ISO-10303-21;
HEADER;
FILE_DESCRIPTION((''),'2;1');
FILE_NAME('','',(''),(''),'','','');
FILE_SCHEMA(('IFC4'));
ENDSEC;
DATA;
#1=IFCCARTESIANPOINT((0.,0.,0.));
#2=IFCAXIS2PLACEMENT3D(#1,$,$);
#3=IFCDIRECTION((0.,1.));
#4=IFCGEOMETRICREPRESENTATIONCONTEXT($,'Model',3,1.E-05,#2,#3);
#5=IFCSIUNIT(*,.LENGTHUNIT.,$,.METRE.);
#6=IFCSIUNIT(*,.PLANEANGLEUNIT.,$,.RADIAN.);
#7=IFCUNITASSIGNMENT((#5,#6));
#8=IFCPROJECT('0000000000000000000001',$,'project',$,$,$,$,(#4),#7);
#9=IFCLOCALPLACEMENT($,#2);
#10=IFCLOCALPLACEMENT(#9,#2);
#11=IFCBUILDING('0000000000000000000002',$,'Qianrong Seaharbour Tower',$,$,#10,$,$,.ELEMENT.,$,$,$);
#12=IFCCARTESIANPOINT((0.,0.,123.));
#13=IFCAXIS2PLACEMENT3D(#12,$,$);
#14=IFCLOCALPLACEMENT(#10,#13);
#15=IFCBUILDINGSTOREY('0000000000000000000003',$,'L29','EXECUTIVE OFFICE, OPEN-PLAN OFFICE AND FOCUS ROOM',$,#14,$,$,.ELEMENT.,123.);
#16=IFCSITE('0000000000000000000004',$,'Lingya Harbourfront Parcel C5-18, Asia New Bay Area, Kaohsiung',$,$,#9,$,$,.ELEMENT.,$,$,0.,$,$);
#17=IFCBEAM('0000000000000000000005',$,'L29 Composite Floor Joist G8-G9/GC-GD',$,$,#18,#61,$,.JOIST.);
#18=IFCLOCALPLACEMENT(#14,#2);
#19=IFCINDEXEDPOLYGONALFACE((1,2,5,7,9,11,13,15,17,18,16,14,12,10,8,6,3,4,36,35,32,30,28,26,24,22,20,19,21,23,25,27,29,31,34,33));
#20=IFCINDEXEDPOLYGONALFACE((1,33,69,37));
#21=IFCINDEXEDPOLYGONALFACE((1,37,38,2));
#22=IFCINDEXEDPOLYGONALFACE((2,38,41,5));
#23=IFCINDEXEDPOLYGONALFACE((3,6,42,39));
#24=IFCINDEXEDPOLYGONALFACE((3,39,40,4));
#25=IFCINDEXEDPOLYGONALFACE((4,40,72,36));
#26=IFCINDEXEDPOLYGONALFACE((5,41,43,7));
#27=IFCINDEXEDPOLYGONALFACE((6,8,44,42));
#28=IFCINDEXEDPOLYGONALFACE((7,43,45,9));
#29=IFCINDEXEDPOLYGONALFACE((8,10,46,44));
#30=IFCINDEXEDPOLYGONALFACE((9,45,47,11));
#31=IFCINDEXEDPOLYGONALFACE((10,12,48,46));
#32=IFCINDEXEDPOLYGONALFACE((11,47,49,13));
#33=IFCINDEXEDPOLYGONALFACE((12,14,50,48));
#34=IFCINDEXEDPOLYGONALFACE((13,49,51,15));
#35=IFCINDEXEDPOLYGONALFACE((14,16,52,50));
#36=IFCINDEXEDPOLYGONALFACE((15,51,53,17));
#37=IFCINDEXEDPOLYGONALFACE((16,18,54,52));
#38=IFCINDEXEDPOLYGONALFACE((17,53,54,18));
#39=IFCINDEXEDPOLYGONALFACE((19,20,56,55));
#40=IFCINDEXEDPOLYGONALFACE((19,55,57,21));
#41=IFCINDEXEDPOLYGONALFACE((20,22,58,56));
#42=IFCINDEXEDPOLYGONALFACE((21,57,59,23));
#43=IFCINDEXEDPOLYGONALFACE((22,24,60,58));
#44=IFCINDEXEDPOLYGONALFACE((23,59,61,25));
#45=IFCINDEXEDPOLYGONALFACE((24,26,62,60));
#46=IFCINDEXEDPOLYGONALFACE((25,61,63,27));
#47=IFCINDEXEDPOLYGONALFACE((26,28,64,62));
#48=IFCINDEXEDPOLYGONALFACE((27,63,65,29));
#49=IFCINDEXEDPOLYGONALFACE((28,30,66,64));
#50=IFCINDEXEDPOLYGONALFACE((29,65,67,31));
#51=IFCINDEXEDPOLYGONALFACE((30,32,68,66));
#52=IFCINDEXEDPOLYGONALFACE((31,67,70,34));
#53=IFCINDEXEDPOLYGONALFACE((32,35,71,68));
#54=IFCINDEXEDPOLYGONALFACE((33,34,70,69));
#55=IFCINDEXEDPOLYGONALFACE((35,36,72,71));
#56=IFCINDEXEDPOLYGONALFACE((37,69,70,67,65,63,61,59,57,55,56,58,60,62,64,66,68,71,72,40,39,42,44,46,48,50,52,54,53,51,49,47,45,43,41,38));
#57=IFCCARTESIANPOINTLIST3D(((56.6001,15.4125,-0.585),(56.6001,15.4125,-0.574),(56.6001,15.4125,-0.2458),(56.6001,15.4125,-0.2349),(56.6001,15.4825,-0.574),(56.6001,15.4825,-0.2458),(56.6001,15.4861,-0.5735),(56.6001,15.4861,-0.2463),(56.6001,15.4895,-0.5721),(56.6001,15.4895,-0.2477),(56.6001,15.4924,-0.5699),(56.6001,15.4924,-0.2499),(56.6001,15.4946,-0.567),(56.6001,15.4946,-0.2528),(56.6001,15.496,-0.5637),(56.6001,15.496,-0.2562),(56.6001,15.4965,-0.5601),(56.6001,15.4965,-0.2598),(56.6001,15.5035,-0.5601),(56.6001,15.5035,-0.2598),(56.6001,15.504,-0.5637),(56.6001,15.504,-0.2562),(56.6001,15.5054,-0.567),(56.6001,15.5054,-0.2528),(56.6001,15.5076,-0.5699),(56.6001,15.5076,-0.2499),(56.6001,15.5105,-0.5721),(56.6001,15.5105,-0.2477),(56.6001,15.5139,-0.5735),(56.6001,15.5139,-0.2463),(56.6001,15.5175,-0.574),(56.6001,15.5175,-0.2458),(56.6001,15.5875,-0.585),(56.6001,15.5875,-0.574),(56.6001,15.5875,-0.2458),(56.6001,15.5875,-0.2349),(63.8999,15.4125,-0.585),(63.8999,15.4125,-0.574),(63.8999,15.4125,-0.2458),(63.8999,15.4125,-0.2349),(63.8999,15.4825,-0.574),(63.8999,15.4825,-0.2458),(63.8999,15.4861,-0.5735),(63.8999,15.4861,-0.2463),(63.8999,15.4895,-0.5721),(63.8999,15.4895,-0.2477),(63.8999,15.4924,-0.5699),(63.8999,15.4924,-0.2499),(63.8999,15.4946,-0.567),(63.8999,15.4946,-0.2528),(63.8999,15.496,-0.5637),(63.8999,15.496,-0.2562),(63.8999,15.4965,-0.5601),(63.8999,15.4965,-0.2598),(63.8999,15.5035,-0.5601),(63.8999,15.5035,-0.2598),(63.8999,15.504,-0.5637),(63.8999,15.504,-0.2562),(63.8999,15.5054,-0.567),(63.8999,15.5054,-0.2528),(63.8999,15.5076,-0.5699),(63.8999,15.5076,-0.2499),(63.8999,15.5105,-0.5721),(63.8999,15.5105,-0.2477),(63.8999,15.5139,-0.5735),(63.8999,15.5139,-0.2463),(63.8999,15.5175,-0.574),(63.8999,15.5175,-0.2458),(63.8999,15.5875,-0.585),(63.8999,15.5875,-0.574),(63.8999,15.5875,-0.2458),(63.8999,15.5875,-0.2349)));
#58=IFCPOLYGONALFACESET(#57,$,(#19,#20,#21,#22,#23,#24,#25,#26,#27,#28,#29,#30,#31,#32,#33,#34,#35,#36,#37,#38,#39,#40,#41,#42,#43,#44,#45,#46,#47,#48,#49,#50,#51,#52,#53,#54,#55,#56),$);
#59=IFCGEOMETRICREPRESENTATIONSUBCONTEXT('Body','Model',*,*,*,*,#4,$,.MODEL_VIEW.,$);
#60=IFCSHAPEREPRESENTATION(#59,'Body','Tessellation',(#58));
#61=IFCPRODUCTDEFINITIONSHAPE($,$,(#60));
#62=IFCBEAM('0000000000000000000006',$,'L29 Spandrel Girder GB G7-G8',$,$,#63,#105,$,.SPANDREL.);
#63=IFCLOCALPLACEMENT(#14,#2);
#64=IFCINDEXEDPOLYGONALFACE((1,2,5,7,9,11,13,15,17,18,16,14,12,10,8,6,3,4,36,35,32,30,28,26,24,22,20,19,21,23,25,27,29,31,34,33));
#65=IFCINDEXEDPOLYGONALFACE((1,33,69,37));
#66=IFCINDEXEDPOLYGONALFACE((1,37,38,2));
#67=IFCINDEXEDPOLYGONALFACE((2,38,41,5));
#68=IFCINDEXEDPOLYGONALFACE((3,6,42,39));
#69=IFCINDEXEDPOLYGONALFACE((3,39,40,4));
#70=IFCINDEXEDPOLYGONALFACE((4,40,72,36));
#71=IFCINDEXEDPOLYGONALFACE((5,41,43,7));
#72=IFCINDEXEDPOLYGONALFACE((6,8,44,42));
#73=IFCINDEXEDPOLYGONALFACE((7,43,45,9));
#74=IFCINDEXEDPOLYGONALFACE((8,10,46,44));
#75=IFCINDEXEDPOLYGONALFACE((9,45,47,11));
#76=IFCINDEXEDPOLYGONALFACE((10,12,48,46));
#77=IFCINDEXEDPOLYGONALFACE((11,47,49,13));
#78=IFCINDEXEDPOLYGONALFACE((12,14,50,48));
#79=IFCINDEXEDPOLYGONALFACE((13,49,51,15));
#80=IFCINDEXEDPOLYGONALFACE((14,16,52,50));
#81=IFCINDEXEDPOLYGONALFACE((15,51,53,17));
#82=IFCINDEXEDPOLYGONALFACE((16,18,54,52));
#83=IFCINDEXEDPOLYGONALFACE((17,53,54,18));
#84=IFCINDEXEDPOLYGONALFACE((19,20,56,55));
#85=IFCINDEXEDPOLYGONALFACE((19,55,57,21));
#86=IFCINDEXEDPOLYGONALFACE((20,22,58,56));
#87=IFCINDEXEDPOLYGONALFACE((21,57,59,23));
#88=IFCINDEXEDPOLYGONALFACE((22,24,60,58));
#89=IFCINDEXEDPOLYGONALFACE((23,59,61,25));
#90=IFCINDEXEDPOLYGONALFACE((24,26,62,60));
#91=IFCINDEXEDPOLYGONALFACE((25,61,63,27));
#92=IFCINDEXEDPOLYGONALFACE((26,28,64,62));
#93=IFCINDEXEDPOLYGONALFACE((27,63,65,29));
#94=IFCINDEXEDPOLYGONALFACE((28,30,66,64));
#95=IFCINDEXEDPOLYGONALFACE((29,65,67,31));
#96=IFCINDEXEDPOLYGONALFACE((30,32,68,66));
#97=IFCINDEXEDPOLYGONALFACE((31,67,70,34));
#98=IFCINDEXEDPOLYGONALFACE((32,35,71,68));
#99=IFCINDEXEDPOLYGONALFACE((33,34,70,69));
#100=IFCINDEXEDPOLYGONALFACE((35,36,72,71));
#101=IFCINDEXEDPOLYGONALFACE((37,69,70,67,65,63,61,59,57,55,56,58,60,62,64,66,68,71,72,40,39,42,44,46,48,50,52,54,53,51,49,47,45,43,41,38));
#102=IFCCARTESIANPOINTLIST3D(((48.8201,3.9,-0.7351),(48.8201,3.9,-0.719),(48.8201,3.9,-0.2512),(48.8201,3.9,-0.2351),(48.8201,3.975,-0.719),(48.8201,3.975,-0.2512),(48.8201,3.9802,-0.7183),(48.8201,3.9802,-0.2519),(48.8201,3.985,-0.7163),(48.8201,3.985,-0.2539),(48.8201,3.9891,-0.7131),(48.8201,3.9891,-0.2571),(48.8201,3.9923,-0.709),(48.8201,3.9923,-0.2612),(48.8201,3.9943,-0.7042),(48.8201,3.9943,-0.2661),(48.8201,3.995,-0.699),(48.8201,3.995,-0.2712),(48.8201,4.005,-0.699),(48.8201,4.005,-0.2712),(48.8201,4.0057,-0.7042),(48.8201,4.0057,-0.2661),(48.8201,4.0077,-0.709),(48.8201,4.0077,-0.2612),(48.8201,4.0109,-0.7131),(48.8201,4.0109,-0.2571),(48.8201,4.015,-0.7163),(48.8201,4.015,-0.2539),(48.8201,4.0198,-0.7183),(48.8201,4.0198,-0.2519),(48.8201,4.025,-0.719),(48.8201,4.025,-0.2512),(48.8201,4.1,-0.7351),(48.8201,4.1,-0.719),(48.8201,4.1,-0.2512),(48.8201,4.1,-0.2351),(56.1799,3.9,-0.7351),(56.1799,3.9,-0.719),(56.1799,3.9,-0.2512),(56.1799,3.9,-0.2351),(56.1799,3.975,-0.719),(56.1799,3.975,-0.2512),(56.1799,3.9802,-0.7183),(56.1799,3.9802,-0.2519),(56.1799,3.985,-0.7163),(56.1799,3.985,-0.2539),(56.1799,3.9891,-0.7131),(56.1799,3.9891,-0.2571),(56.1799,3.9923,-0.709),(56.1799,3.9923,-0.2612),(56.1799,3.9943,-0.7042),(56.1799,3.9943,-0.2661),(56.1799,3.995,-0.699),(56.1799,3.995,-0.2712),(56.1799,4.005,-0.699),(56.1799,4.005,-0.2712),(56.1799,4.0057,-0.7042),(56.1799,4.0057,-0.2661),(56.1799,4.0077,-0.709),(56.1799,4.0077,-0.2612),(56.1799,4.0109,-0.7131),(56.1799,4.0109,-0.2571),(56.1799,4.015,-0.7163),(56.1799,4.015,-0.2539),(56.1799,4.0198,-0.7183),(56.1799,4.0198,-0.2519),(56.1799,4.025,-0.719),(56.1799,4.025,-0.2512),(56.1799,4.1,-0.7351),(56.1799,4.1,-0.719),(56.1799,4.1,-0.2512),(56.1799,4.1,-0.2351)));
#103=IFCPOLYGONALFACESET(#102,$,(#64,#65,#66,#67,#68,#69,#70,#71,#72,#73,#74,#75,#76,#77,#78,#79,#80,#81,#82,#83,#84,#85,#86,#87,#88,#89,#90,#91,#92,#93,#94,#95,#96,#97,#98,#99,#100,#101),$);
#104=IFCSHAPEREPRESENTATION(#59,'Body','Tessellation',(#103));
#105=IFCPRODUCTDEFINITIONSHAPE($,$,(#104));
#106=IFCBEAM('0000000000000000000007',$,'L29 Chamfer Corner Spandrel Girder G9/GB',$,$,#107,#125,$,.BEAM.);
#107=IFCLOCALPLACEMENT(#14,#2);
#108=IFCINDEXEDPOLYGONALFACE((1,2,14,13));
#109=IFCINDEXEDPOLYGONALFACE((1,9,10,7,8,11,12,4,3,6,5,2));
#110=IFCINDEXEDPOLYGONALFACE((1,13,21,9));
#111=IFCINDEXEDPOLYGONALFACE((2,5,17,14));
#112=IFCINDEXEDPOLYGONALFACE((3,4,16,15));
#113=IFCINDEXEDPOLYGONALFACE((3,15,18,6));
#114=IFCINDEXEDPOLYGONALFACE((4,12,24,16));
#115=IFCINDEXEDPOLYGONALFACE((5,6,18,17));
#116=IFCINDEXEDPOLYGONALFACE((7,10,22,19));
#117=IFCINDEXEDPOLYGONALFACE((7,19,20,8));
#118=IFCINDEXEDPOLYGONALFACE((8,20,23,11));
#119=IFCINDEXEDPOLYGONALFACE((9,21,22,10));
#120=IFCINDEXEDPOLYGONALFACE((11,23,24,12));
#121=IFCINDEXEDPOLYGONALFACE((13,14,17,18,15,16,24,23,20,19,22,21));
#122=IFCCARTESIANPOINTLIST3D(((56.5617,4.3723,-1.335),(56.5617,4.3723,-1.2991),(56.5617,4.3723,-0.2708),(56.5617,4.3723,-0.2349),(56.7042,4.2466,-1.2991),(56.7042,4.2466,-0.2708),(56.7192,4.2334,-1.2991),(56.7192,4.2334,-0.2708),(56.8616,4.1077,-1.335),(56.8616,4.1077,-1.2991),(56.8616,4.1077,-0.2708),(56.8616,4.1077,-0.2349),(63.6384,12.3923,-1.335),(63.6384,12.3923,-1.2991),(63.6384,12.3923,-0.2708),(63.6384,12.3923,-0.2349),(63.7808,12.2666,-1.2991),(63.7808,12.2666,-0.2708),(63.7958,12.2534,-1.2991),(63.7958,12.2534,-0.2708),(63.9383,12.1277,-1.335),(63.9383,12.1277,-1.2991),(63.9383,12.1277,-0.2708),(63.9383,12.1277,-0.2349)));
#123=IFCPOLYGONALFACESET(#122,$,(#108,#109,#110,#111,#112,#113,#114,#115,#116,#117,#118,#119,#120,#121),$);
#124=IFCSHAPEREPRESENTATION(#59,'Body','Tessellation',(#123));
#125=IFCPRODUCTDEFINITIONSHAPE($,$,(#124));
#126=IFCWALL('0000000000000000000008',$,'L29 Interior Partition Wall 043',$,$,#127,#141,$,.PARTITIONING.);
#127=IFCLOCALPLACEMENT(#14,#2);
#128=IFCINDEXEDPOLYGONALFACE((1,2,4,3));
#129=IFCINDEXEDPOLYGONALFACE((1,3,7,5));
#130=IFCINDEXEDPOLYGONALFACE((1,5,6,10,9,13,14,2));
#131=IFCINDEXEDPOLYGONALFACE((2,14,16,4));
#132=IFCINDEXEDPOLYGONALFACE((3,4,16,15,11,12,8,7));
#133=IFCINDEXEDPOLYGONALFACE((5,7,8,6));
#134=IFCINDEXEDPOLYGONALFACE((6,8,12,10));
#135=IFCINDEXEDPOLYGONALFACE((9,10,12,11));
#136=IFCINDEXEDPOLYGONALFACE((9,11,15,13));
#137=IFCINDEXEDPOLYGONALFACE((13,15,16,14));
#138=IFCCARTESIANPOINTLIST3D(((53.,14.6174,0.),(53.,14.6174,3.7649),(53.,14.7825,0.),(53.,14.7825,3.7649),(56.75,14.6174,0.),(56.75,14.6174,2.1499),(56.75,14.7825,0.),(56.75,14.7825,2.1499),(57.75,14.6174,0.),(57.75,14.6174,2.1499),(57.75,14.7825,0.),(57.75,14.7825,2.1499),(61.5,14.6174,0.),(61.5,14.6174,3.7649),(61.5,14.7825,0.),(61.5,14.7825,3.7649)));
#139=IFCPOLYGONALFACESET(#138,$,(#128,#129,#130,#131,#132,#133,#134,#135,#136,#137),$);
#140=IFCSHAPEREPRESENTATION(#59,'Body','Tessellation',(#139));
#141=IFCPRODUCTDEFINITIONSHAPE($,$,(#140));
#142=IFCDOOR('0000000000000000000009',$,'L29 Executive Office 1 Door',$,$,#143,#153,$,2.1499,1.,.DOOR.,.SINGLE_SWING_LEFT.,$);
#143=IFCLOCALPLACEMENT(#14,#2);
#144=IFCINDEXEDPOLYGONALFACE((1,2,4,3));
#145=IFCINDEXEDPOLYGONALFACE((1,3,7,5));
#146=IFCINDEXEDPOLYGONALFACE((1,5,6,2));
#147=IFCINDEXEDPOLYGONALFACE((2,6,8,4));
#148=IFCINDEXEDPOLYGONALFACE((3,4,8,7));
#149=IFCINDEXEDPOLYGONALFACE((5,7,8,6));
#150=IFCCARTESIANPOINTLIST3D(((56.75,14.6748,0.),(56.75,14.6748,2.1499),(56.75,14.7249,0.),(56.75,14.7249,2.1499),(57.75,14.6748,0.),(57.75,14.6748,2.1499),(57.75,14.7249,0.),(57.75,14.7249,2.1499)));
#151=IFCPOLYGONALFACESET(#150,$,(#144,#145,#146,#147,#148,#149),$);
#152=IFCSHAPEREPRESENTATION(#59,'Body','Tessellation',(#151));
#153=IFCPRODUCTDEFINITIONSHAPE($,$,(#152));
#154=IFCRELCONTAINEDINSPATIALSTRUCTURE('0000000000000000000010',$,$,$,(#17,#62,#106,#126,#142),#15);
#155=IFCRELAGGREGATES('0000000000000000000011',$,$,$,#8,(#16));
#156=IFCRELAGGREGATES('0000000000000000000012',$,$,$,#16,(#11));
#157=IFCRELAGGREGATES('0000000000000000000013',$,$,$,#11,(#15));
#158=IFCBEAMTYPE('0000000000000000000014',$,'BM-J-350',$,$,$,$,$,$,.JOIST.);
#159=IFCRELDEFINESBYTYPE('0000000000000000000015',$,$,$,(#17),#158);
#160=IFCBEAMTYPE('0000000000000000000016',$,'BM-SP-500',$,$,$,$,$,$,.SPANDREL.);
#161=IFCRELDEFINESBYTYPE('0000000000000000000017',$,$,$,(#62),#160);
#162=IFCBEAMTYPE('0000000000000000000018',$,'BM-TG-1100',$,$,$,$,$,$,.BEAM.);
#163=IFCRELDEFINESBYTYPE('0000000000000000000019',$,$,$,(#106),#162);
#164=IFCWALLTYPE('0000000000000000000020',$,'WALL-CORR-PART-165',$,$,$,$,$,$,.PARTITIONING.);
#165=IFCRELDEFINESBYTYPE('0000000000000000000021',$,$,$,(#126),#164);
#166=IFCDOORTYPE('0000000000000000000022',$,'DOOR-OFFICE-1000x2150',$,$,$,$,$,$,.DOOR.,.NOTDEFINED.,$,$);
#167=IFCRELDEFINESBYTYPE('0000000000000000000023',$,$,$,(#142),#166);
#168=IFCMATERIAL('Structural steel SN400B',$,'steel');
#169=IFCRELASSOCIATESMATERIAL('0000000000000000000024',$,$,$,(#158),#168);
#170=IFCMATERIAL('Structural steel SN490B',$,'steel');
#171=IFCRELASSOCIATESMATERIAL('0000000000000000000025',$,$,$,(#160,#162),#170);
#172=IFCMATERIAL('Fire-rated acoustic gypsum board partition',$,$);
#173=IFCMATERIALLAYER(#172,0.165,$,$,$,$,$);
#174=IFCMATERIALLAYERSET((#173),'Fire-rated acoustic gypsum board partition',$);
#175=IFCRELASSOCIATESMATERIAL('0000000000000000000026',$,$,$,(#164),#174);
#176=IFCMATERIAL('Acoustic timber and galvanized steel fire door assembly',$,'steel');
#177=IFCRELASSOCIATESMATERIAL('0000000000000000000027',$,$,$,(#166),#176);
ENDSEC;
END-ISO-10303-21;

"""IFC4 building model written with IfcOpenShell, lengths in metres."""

from ifc_helpers import new_model, si_unit, direction, frame, frame_2d, origin, origin_2d, place, context, subcontext, project, spatial, rectangle, i_section, extrude, material, layer, layer_set, material_profile, profile_set, type_object, element, fill, save


model = new_model("IFC4")

# Units and contexts
model_context = context("Model", 3, precision=1e-05, world=origin(), true_north=direction((0.0, 1.0)))
body_context = subcontext(model_context, "Body", "Model", "MODEL_VIEW")
ifc_project = project(units=[si_unit("LENGTHUNIT", "METRE"), si_unit("PLANEANGLEUNIT", "RADIAN")], contexts=[model_context])

# Site, building, storey
site_placement = place(None, origin())
site = spatial("IfcSite", under=ifc_project, at=site_placement, Name="Lingya Harbourfront Parcel C5-18, Asia New Bay Area, Kaohsiung", CompositionType="ELEMENT", RefElevation=0.0)
building_placement = place(site_placement, origin())
building = spatial("IfcBuilding", under=site, at=building_placement, Name="Qianrong Seaharbour Tower", CompositionType="ELEMENT")
storey_placement = place(building_placement, frame((0.0, 0.0, 123.0)))
storey = spatial("IfcBuildingStorey", under=building, at=storey_placement, Name="L29", Description="EXECUTIVE OFFICE, OPEN-PLAN OFFICE AND FOCUS ROOM", CompositionType="ELEMENT", Elevation=123.0)

# Shared definitions
ifc_material_1 = material(Name="Structural steel SN490B", Category="steel")

# Beams
ifc_material_2 = material(Name="Structural steel SN400B", Category="steel")
ifc_material_profile_1 = material_profile(ifc_material_2, i_section(OverallWidth=0.175, OverallDepth=0.3501, WebThickness=0.0071, FlangeThickness=0.011, FilletRadius=0.0139, at=origin_2d()), Name="H350x175x7x11")
ifc_profile_set_1 = profile_set([ifc_material_profile_1], Name="Structural steel SN400B")
beam_type_1 = type_object("IfcBeamType", Name="BM-J-350", PredefinedType="JOIST", material=ifc_profile_set_1)
beam_1_placement = place(storey_placement, frame((56.6001, 15.5, -0.4099), z_axis=(1.0, 0.0, 0.0), x_axis=(0.0, 1.0, 0.0)))
element("IfcBeam", 1, at=beam_1_placement, inside=storey, type_object=beam_type_1, Name="L29 Composite Floor Joist G8-G9/GC-GD", PredefinedType="JOIST", context=body_context, shape_type="SweptSolid", body=[
    extrude(i_section(OverallWidth=0.175, OverallDepth=0.3501, WebThickness=0.0071, FlangeThickness=0.011, FilletRadius=0.0139, at=origin_2d()), origin(), (0.0, 0.0, 1.0), 7.2998),
])
ifc_material_profile_2 = material_profile(ifc_material_1, i_section(OverallWidth=0.2, OverallDepth=0.5, WebThickness=0.01, FlangeThickness=0.0161, FilletRadius=0.02, at=origin_2d()), Name="H500x200x10x16")
ifc_profile_set_2 = profile_set([ifc_material_profile_2], Name="Structural steel SN490B")
beam_type_2 = type_object("IfcBeamType", Name="BM-SP-500", PredefinedType="SPANDREL", material=ifc_profile_set_2)
beam_2_placement = place(storey_placement, frame((48.8201, 4.0, -0.4851), z_axis=(1.0, 0.0, 0.0), x_axis=(0.0, 1.0, 0.0)))
element("IfcBeam", 2, at=beam_2_placement, inside=storey, type_object=beam_type_2, Name="L29 Spandrel Girder GB G7-G8", PredefinedType="SPANDREL", context=body_context, shape_type="SweptSolid", body=[
    extrude(i_section(OverallWidth=0.2, OverallDepth=0.5, WebThickness=0.01, FlangeThickness=0.0161, FilletRadius=0.02, at=origin_2d()), origin(), (0.0, 0.0, 1.0), 7.3599),
])
ifc_material_profile_3 = material_profile(ifc_material_1, i_section(OverallWidth=0.3999, OverallDepth=1.1001, WebThickness=0.02, FlangeThickness=0.0359, at=origin_2d()), Name="BH1100x400x20x36")
ifc_profile_set_3 = profile_set([ifc_material_profile_3], Name="Structural steel SN490B")
beam_type_3 = type_object("IfcBeamType", Name="BM-TG-1100", PredefinedType="BEAM", material=ifc_profile_set_3)
beam_3_placement = place(storey_placement, frame((56.7117, 4.24, -0.7849), z_axis=(0.661631, 0.74983, 0.0), x_axis=(-0.74983, 0.661631, 0.0)))
element("IfcBeam", 3, at=beam_3_placement, inside=storey, type_object=beam_type_3, Name="L29 Chamfer Corner Spandrel Girder G9/GB", PredefinedType="BEAM", context=body_context, shape_type="SweptSolid", body=[
    extrude(i_section(OverallWidth=0.3999, OverallDepth=1.1001, WebThickness=0.02, FlangeThickness=0.0359, at=origin_2d()), origin(), (0.0, 0.0, 1.0), 10.6958),
])

# Wall, opening, door
ifc_material_3 = material(Name="Fire-rated acoustic gypsum board partition")
ifc_layer_1 = layer(ifc_material_3, 0.165)
ifc_layer_set_1 = layer_set([ifc_layer_1], Name="Fire-rated acoustic gypsum board partition")
wall_type_1 = type_object("IfcWallType", Name="WALL-CORR-PART-165", PredefinedType="PARTITIONING", material=ifc_layer_set_1)
ifc_material_4 = material(Name="Acoustic timber and galvanized steel fire door assembly", Category="steel")
door_type_1 = type_object("IfcDoorType", Name="DOOR-OFFICE-1000x2150", OperationType="NOTDEFINED", PredefinedType="DOOR", material=ifc_material_4)
wall_1_placement = place(storey_placement, frame((53.0, 14.7, 0.0), z_axis=(0.0, 0.0, 1.0), x_axis=(1.0, 0.0, 0.0)))
wall_1 = element("IfcWall", 4, at=wall_1_placement, inside=storey, type_object=wall_type_1, Name="L29 Interior Partition Wall 043", PredefinedType="PARTITIONING", context=body_context, shape_type="SweptSolid", body=[
    extrude(rectangle(XDim=8.5, YDim=0.165, at=frame_2d((4.25, 0.0))), origin(), (0.0, 0.0, 1.0), 3.7649),
])
opening_1_placement = place(wall_1_placement, frame((3.75, 0.0, 0.0)))
opening_1 = element("IfcOpeningElement", 5, at=opening_1_placement, cuts=wall_1, PredefinedType="OPENING", context=body_context, shape_type="SweptSolid", body=[
    extrude(rectangle(XDim=1.0, YDim=2.1499, at=frame_2d((0.5, 1.075))), frame((0.0, 0.0925, 0.0), z_axis=(0.0, -1.0, 0.0), x_axis=(1.0, 0.0, 0.0)), (0.0, 0.0, 1.0), 0.1851),
])
door_1_placement = place(opening_1_placement, origin())
door_1 = element("IfcDoor", 6, at=door_1_placement, inside=storey, type_object=door_type_1, Name="L29 Executive Office 1 Door", OperationType="SINGLE_SWING_LEFT", OverallHeight=2.1499, OverallWidth=1.0, PredefinedType="DOOR", context=body_context, shape_type="SweptSolid", body=[
    extrude(rectangle(XDim=1.0, YDim=2.1499, at=frame_2d((0.5, 1.075))), frame((0.0, 0.0249, 0.0), z_axis=(0.0, -1.0, 0.0), x_axis=(1.0, 0.0, 0.0)), (0.0, 0.0, 1.0), 0.05),
])
fill(opening_1, door_1)

save(model, "model.ifc")
